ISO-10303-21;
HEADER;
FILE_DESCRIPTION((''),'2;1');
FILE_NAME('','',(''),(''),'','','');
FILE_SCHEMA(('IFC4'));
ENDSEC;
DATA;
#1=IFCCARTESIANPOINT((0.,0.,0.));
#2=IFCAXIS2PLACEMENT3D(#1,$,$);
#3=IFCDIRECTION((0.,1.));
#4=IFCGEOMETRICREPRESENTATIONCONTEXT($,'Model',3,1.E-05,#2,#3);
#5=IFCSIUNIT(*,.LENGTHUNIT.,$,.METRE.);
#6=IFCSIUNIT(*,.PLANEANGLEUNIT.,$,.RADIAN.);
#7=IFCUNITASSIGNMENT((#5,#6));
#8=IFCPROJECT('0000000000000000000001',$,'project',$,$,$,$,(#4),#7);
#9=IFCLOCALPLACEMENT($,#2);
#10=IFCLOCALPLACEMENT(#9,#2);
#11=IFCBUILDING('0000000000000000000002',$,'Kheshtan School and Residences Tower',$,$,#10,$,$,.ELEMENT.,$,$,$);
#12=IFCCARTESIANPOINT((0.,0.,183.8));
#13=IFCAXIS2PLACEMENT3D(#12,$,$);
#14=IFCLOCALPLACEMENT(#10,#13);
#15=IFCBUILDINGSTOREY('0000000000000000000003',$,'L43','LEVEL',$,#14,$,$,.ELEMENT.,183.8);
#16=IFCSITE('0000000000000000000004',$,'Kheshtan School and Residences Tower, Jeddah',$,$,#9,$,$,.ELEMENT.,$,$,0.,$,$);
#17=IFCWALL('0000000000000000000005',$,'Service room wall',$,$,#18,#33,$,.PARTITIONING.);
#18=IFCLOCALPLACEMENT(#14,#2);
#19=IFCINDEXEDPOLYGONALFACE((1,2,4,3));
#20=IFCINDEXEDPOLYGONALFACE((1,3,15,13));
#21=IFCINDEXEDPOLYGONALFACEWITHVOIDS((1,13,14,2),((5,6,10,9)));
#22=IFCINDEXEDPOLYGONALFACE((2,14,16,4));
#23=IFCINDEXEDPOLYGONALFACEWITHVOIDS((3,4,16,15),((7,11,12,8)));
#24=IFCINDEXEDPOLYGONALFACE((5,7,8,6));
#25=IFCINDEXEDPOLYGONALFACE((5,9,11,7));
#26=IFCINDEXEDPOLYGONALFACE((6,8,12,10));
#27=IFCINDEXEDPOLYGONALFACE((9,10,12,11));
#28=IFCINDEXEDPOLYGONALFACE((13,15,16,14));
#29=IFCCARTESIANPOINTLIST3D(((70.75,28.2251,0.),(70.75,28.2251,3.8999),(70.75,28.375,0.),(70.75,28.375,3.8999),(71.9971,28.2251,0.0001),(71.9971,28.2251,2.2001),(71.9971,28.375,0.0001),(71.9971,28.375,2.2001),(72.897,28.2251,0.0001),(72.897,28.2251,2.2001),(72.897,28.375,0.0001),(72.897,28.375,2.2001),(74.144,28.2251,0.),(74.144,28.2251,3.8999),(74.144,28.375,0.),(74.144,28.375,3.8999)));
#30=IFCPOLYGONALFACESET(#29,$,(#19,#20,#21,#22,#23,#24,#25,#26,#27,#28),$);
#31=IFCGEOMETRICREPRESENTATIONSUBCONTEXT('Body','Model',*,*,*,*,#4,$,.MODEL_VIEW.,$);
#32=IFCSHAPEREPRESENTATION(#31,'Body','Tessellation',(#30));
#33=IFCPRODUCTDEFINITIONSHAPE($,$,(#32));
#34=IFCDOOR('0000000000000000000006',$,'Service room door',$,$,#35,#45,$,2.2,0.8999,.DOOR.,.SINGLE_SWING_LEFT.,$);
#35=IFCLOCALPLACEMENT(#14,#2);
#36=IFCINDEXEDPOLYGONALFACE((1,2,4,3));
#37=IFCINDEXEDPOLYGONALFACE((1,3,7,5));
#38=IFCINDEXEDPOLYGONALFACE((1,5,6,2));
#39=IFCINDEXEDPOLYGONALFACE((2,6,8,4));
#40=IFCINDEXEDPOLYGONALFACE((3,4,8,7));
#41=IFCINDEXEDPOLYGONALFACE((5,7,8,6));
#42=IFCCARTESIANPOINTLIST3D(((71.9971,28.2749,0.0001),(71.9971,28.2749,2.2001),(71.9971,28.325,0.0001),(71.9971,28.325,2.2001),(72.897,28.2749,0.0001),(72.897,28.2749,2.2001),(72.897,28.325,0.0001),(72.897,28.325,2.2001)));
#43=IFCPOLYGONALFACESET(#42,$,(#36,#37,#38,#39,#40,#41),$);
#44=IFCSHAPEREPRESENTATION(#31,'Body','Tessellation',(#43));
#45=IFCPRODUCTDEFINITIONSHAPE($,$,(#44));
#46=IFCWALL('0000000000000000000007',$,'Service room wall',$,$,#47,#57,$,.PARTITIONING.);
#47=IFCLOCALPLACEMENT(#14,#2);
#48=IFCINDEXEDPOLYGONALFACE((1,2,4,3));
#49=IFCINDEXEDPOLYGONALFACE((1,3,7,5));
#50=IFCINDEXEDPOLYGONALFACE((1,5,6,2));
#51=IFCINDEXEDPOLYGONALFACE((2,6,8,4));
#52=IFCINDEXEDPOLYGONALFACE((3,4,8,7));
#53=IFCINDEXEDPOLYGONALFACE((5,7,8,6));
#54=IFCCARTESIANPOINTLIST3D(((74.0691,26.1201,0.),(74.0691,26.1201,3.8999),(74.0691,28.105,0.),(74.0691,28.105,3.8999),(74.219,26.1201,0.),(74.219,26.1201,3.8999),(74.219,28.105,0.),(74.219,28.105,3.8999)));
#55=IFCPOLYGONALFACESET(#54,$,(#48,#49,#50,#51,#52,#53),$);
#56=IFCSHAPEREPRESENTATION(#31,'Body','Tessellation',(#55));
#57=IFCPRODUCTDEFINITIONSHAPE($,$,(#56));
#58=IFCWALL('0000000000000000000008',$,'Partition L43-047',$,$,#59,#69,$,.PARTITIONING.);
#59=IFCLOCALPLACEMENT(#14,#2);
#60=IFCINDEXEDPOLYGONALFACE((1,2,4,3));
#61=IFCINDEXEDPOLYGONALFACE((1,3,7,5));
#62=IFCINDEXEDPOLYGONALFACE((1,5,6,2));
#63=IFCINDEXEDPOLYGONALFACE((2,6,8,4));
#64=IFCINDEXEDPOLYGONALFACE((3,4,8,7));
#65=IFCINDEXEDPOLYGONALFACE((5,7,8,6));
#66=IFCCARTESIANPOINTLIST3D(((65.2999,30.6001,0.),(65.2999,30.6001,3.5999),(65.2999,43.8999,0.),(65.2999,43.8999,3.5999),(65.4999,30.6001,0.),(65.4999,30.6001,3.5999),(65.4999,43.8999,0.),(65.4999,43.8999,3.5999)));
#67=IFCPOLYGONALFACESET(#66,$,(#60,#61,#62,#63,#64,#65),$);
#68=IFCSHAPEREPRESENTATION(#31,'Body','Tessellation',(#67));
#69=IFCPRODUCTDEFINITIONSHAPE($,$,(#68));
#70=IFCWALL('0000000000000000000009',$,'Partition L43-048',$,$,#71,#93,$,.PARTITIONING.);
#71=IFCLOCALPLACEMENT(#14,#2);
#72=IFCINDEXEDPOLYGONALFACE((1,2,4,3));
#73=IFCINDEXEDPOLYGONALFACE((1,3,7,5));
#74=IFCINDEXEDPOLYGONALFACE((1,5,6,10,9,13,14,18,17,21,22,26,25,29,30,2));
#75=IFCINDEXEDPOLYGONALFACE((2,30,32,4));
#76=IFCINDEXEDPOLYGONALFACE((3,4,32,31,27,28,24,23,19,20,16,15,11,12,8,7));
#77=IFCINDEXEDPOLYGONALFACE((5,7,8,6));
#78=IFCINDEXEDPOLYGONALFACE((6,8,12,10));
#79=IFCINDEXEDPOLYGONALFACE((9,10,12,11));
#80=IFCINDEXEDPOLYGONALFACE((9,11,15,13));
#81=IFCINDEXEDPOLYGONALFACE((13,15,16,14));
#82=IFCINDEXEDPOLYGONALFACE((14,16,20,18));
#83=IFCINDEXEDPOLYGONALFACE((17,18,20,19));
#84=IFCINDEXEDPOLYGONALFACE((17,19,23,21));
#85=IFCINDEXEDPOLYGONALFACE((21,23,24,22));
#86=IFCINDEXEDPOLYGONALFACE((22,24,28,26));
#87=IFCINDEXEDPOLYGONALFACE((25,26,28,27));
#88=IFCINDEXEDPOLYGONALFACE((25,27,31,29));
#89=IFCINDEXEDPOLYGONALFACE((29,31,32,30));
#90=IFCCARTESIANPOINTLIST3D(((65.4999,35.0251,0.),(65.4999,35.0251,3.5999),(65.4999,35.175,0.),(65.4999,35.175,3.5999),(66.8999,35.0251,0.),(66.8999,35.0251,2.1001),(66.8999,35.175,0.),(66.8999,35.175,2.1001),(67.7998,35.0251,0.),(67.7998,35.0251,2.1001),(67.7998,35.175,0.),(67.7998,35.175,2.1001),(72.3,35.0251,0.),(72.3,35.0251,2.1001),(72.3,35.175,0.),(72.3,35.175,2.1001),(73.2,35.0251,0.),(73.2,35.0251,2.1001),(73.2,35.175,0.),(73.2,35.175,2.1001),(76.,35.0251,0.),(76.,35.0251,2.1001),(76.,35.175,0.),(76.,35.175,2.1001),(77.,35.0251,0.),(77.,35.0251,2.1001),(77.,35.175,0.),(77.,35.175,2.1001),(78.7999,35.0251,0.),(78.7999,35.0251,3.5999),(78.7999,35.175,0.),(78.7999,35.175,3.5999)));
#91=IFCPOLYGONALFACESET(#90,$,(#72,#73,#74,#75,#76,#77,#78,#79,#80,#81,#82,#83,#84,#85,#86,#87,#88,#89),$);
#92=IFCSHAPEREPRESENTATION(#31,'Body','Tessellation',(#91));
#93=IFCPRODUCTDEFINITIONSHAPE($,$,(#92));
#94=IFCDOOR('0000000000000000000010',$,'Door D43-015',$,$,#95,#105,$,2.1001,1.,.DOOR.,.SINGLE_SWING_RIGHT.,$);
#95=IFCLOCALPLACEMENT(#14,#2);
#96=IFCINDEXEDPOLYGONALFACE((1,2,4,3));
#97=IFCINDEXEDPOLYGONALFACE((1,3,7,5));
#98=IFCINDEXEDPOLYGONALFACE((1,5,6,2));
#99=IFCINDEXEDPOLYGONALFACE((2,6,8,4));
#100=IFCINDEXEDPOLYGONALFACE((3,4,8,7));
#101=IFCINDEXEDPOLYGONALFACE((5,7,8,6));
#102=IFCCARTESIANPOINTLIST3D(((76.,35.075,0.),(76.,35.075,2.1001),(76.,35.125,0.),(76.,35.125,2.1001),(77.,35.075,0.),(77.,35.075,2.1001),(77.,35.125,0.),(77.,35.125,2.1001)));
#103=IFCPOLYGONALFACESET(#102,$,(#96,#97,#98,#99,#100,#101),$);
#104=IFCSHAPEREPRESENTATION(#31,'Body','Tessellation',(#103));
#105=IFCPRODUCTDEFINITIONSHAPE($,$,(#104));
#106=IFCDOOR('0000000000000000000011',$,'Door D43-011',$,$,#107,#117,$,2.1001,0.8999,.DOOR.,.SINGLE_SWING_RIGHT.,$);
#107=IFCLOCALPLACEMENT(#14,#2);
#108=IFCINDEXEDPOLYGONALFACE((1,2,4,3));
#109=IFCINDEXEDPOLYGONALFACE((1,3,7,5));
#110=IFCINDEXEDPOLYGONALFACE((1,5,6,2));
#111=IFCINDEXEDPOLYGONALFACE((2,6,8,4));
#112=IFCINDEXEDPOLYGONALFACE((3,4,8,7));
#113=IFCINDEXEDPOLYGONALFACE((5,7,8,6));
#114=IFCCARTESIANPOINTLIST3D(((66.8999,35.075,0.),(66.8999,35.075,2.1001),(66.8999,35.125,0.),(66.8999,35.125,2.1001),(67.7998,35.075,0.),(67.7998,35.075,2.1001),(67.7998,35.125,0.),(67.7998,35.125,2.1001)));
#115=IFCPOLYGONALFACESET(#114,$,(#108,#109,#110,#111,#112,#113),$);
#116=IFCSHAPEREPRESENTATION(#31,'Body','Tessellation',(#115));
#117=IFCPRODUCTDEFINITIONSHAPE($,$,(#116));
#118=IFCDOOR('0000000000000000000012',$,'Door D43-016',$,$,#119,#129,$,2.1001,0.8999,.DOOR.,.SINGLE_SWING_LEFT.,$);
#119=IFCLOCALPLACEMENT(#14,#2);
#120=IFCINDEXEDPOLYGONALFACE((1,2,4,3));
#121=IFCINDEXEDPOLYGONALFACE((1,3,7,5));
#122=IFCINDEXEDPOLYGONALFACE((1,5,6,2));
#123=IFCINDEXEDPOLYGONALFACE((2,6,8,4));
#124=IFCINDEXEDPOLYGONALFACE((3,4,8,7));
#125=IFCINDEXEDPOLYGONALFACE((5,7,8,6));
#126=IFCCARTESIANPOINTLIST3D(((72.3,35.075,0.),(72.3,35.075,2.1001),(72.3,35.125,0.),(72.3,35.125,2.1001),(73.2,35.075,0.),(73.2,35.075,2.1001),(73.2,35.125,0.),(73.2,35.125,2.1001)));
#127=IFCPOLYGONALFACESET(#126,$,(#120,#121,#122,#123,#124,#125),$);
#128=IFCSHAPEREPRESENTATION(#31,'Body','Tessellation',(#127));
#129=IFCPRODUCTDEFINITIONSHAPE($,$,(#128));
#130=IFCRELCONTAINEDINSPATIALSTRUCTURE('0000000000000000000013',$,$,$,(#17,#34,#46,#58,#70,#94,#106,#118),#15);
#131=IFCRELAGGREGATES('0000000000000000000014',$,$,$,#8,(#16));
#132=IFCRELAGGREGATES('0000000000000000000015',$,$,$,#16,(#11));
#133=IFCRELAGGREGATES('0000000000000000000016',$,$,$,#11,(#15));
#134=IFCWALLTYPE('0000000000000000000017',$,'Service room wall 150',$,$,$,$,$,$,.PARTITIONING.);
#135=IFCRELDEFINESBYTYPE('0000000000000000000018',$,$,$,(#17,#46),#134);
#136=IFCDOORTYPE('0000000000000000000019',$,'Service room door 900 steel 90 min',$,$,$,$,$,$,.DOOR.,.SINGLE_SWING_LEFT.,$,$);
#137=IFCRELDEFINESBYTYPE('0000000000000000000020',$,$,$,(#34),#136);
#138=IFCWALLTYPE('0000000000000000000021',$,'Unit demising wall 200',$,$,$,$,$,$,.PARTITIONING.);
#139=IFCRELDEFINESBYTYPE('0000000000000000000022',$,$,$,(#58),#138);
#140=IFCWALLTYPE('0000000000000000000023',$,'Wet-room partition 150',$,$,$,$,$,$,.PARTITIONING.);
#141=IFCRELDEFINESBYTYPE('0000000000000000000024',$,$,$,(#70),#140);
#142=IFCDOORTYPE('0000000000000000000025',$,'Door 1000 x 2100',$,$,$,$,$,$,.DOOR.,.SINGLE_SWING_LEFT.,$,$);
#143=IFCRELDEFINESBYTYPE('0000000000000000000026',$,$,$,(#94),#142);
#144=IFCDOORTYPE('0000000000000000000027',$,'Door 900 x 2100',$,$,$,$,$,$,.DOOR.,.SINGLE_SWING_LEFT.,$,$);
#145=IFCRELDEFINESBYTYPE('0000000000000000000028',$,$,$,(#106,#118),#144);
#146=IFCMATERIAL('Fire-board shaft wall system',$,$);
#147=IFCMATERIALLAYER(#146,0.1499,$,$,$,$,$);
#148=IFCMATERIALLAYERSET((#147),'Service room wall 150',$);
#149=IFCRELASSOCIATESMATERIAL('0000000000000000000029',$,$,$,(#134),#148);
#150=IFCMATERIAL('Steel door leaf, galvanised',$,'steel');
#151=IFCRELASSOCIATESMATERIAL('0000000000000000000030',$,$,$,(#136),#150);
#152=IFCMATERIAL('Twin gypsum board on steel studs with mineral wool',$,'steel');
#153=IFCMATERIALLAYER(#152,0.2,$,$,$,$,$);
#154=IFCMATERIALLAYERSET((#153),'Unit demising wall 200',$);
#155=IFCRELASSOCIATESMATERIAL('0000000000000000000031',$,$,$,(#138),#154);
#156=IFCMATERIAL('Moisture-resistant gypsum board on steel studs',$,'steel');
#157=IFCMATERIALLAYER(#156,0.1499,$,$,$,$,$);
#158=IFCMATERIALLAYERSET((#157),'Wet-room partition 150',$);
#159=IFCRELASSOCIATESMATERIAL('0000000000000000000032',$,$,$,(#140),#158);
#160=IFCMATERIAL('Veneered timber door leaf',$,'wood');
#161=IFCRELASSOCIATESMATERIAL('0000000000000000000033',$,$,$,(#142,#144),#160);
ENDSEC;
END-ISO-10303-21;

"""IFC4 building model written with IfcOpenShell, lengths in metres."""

from ifc_helpers import new_model, si_unit, direction, frame, frame_2d, origin, place, context, subcontext, project, spatial, rectangle, extrude, source, transform, mapped, material, layer, layer_set, type_object, element, fill, save


model = new_model("IFC4")

# Units and contexts
model_context = context("Model", 3, precision=1e-05, world=origin(), true_north=direction((0.0, 1.0)))
body_context = subcontext(model_context, "Body", "Model", "MODEL_VIEW")
ifc_project = project(units=[si_unit("LENGTHUNIT", "METRE"), si_unit("PLANEANGLEUNIT", "RADIAN")], contexts=[model_context])

# Site, building, storey
site_placement = place(None, origin())
site = spatial("IfcSite", under=ifc_project, at=site_placement, Name="Kheshtan School and Residences Tower, Jeddah", CompositionType="ELEMENT", RefElevation=0.0)
building_placement = place(site_placement, origin())
building = spatial("IfcBuilding", under=site, at=building_placement, Name="Kheshtan School and Residences Tower", CompositionType="ELEMENT")
storey_placement = place(building_placement, frame((0.0, 0.0, 183.8)))
storey = spatial("IfcBuildingStorey", under=building, at=storey_placement, Name="L43", Description="LEVEL", CompositionType="ELEMENT", Elevation=183.8)

# Shared definitions
ifc_material_1 = material(Name="Veneered timber door leaf", Category="wood")

# Shared definitions
ifc_material_2 = material(Name="Fire-board shaft wall system")
ifc_layer_1 = layer(ifc_material_2, 0.1499)
ifc_layer_set_1 = layer_set([ifc_layer_1], Name="Service room wall 150")
wall_type_1 = type_object("IfcWallType", Name="Service room wall 150", PredefinedType="PARTITIONING", material=ifc_layer_set_1)

# Wall, opening, door
wall_1_placement = place(storey_placement, frame((70.75, 28.3, 0.0), z_axis=(0.0, 0.0, 1.0), x_axis=(1.0, 0.0, 0.0)))
wall_1 = element("IfcWall", 1, at=wall_1_placement, inside=storey, type_object=wall_type_1, Name="Service room wall", PredefinedType="PARTITIONING", context=body_context, shape_type="SweptSolid", body=[
    extrude(rectangle(XDim=3.394, YDim=0.1499, at=frame_2d((1.697, 0.0))), origin(), (0.0, 0.0, 1.0), 3.8999),
])
opening_1_placement = place(wall_1_placement, frame((1.2471, 0.0, 0.0)))
opening_1 = element("IfcOpeningElement", 2, at=opening_1_placement, cuts=wall_1, PredefinedType="OPENING", context=body_context, shape_type="SweptSolid", body=[
    extrude(rectangle(XDim=0.8999, YDim=2.2, at=frame_2d((0.45, 1.1001))), frame((0.0, 0.085, 0.0), z_axis=(0.0, -1.0, 0.0), x_axis=(1.0, 0.0, 0.0)), (0.0, 0.0, 1.0), 0.1699),
])
ifc_material_3 = material(Name="Steel door leaf, galvanised", Category="steel")
door_type_1 = type_object("IfcDoorType", Name="Service room door 900 steel 90 min", OperationType="SINGLE_SWING_LEFT", PredefinedType="DOOR", material=ifc_material_3)
shared_shape_1 = source(origin(), body_context, "Body", "SweptSolid", [
    extrude(rectangle(XDim=0.8999, YDim=2.2, at=frame_2d((0.45, 1.1001))), frame((0.0, 0.0249, 0.0), z_axis=(0.0, -1.0, 0.0), x_axis=(1.0, 0.0, 0.0)), (0.0, 0.0, 1.0), 0.05),
])
door_1_placement = place(opening_1_placement, origin())
door_1 = element("IfcDoor", 3, at=door_1_placement, inside=storey, type_object=door_type_1, Name="Service room door", OperationType="SINGLE_SWING_LEFT", OverallHeight=2.2, OverallWidth=0.8999, PredefinedType="DOOR", context=body_context, shape_type="MappedRepresentation", body=[
    mapped(shared_shape_1, transform((0.0, 0.0, 0.0), x_axis=(1.0, 0.0, 0.0), y_axis=(0.0, 1.0, 0.0), z_axis=(0.0, 0.0, 1.0), scale=1.0)),
])
fill(opening_1, door_1)

# Walls
wall_2_placement = place(storey_placement, frame((74.144, 26.1201, 0.0), z_axis=(0.0, 0.0, 1.0), x_axis=(0.0, 1.0, 0.0)))
element("IfcWall", 4, at=wall_2_placement, inside=storey, type_object=wall_type_1, Name="Service room wall", PredefinedType="PARTITIONING", context=body_context, shape_type="SweptSolid", body=[
    extrude(rectangle(XDim=1.9849, YDim=0.1499, at=frame_2d((0.9924, 0.0))), origin(), (0.0, 0.0, 1.0), 3.8999),
])
ifc_material_4 = material(Name="Twin gypsum board on steel studs with mineral wool", Category="steel")
ifc_layer_2 = layer(ifc_material_4, 0.2)
ifc_layer_set_2 = layer_set([ifc_layer_2], Name="Unit demising wall 200")
wall_type_2 = type_object("IfcWallType", Name="Unit demising wall 200", PredefinedType="PARTITIONING", material=ifc_layer_set_2)
wall_3_placement = place(storey_placement, frame((65.3999, 30.6001, 0.0), z_axis=(0.0, 0.0, 1.0), x_axis=(0.0, 1.0, 0.0)))
element("IfcWall", 5, at=wall_3_placement, inside=storey, type_object=wall_type_2, Name="Partition L43-047", PredefinedType="PARTITIONING", context=body_context, shape_type="SweptSolid", body=[
    extrude(rectangle(XDim=13.2998, YDim=0.2, at=frame_2d((6.6499, 0.0))), origin(), (0.0, 0.0, 1.0), 3.5999),
])

# Wall, openings, doors
ifc_material_5 = material(Name="Moisture-resistant gypsum board on steel studs", Category="steel")
ifc_layer_3 = layer(ifc_material_5, 0.1499)
ifc_layer_set_3 = layer_set([ifc_layer_3], Name="Wet-room partition 150")
wall_type_3 = type_object("IfcWallType", Name="Wet-room partition 150", PredefinedType="PARTITIONING", material=ifc_layer_set_3)
wall_4_placement = place(storey_placement, frame((65.5, 35.1001, 0.0), z_axis=(0.0, 0.0, 1.0), x_axis=(1.0, 0.0, 0.0)))
wall_4 = element("IfcWall", 6, at=wall_4_placement, inside=storey, type_object=wall_type_3, Name="Partition L43-048", PredefinedType="PARTITIONING", context=body_context, shape_type="SweptSolid", body=[
    extrude(rectangle(XDim=13.3, YDim=0.1499, at=frame_2d((6.6499, 0.0))), origin(), (0.0, 0.0, 1.0), 3.5999),
])
opening_2_placement = place(wall_4_placement, frame((1.3999, 0.0, 0.0)))
opening_2 = element("IfcOpeningElement", 7, at=opening_2_placement, cuts=wall_4, PredefinedType="OPENING", context=body_context, shape_type="SweptSolid", body=[
    extrude(rectangle(XDim=0.8999, YDim=2.1001, at=frame_2d((0.45, 1.05))), frame((0.0, 0.085, 0.0), z_axis=(0.0, -1.0, 0.0), x_axis=(1.0, 0.0, 0.0)), (0.0, 0.0, 1.0), 0.1699),
])
opening_3_placement = place(wall_4_placement, frame((10.5, 0.0, 0.0)))
opening_3 = element("IfcOpeningElement", 8, at=opening_3_placement, cuts=wall_4, PredefinedType="OPENING", context=body_context, shape_type="SweptSolid", body=[
    extrude(rectangle(XDim=1.0, YDim=2.1001, at=frame_2d((0.5, 1.05))), frame((0.0, 0.085, 0.0), z_axis=(0.0, -1.0, 0.0), x_axis=(1.0, 0.0, 0.0)), (0.0, 0.0, 1.0), 0.1699),
])
opening_4_placement = place(wall_4_placement, frame((6.8, 0.0, 0.0)))
opening_4 = element("IfcOpeningElement", 9, at=opening_4_placement, cuts=wall_4, PredefinedType="OPENING", context=body_context, shape_type="SweptSolid", body=[
    extrude(rectangle(XDim=0.8999, YDim=2.1001, at=frame_2d((0.45, 1.05))), frame((0.0, 0.085, 0.0), z_axis=(0.0, -1.0, 0.0), x_axis=(1.0, 0.0, 0.0)), (0.0, 0.0, 1.0), 0.1699),
])
door_type_2 = type_object("IfcDoorType", Name="Door 1000 x 2100", OperationType="SINGLE_SWING_LEFT", PredefinedType="DOOR", material=ifc_material_1)
shared_shape_2 = source(origin(), body_context, "Body", "SweptSolid", [
    extrude(rectangle(XDim=1.0, YDim=2.1001, at=frame_2d((0.5, 1.05))), frame((0.0, 0.0249, 0.0), z_axis=(0.0, -1.0, 0.0), x_axis=(1.0, 0.0, 0.0)), (0.0, 0.0, 1.0), 0.05),
])
door_2_placement = place(opening_3_placement, origin())
door_2 = element("IfcDoor", 10, at=door_2_placement, inside=storey, type_object=door_type_2, Name="Door D43-015", OperationType="SINGLE_SWING_RIGHT", OverallHeight=2.1001, OverallWidth=1.0, PredefinedType="DOOR", context=body_context, shape_type="MappedRepresentation", body=[
    mapped(shared_shape_2, transform((0.0, 0.0, 0.0), x_axis=(1.0, 0.0, 0.0), y_axis=(0.0, 1.0, 0.0), z_axis=(0.0, 0.0, 1.0), scale=1.0)),
])
fill(opening_3, door_2)
door_type_3 = type_object("IfcDoorType", Name="Door 900 x 2100", OperationType="SINGLE_SWING_LEFT", PredefinedType="DOOR", material=ifc_material_1)
shared_shape_3 = source(origin(), body_context, "Body", "SweptSolid", [
    extrude(rectangle(XDim=0.8999, YDim=2.1001, at=frame_2d((0.45, 1.05))), frame((0.0, 0.0249, 0.0), z_axis=(0.0, -1.0, 0.0), x_axis=(1.0, 0.0, 0.0)), (0.0, 0.0, 1.0), 0.05),
])
door_3_placement = place(opening_2_placement, origin())
door_3 = element("IfcDoor", 11, at=door_3_placement, inside=storey, type_object=door_type_3, Name="Door D43-011", OperationType="SINGLE_SWING_RIGHT", OverallHeight=2.1001, OverallWidth=0.8999, PredefinedType="DOOR", context=body_context, shape_type="MappedRepresentation", body=[
    mapped(shared_shape_3, transform((0.0, 0.0, 0.0), x_axis=(1.0, 0.0, 0.0), y_axis=(0.0, 1.0, 0.0), z_axis=(0.0, 0.0, 1.0), scale=1.0)),
])
fill(opening_2, door_3)
door_4_placement = place(opening_4_placement, origin())
door_4 = element("IfcDoor", 12, at=door_4_placement, inside=storey, type_object=door_type_3, Name="Door D43-016", OperationType="SINGLE_SWING_LEFT", OverallHeight=2.1001, OverallWidth=0.8999, PredefinedType="DOOR", context=body_context, shape_type="MappedRepresentation", body=[
    mapped(shared_shape_3, transform((0.0, 0.0, 0.0), x_axis=(1.0, 0.0, 0.0), y_axis=(0.0, 1.0, 0.0), z_axis=(0.0, 0.0, 1.0), scale=1.0)),
])
fill(opening_4, door_4)

save(model, "model.ifc")
